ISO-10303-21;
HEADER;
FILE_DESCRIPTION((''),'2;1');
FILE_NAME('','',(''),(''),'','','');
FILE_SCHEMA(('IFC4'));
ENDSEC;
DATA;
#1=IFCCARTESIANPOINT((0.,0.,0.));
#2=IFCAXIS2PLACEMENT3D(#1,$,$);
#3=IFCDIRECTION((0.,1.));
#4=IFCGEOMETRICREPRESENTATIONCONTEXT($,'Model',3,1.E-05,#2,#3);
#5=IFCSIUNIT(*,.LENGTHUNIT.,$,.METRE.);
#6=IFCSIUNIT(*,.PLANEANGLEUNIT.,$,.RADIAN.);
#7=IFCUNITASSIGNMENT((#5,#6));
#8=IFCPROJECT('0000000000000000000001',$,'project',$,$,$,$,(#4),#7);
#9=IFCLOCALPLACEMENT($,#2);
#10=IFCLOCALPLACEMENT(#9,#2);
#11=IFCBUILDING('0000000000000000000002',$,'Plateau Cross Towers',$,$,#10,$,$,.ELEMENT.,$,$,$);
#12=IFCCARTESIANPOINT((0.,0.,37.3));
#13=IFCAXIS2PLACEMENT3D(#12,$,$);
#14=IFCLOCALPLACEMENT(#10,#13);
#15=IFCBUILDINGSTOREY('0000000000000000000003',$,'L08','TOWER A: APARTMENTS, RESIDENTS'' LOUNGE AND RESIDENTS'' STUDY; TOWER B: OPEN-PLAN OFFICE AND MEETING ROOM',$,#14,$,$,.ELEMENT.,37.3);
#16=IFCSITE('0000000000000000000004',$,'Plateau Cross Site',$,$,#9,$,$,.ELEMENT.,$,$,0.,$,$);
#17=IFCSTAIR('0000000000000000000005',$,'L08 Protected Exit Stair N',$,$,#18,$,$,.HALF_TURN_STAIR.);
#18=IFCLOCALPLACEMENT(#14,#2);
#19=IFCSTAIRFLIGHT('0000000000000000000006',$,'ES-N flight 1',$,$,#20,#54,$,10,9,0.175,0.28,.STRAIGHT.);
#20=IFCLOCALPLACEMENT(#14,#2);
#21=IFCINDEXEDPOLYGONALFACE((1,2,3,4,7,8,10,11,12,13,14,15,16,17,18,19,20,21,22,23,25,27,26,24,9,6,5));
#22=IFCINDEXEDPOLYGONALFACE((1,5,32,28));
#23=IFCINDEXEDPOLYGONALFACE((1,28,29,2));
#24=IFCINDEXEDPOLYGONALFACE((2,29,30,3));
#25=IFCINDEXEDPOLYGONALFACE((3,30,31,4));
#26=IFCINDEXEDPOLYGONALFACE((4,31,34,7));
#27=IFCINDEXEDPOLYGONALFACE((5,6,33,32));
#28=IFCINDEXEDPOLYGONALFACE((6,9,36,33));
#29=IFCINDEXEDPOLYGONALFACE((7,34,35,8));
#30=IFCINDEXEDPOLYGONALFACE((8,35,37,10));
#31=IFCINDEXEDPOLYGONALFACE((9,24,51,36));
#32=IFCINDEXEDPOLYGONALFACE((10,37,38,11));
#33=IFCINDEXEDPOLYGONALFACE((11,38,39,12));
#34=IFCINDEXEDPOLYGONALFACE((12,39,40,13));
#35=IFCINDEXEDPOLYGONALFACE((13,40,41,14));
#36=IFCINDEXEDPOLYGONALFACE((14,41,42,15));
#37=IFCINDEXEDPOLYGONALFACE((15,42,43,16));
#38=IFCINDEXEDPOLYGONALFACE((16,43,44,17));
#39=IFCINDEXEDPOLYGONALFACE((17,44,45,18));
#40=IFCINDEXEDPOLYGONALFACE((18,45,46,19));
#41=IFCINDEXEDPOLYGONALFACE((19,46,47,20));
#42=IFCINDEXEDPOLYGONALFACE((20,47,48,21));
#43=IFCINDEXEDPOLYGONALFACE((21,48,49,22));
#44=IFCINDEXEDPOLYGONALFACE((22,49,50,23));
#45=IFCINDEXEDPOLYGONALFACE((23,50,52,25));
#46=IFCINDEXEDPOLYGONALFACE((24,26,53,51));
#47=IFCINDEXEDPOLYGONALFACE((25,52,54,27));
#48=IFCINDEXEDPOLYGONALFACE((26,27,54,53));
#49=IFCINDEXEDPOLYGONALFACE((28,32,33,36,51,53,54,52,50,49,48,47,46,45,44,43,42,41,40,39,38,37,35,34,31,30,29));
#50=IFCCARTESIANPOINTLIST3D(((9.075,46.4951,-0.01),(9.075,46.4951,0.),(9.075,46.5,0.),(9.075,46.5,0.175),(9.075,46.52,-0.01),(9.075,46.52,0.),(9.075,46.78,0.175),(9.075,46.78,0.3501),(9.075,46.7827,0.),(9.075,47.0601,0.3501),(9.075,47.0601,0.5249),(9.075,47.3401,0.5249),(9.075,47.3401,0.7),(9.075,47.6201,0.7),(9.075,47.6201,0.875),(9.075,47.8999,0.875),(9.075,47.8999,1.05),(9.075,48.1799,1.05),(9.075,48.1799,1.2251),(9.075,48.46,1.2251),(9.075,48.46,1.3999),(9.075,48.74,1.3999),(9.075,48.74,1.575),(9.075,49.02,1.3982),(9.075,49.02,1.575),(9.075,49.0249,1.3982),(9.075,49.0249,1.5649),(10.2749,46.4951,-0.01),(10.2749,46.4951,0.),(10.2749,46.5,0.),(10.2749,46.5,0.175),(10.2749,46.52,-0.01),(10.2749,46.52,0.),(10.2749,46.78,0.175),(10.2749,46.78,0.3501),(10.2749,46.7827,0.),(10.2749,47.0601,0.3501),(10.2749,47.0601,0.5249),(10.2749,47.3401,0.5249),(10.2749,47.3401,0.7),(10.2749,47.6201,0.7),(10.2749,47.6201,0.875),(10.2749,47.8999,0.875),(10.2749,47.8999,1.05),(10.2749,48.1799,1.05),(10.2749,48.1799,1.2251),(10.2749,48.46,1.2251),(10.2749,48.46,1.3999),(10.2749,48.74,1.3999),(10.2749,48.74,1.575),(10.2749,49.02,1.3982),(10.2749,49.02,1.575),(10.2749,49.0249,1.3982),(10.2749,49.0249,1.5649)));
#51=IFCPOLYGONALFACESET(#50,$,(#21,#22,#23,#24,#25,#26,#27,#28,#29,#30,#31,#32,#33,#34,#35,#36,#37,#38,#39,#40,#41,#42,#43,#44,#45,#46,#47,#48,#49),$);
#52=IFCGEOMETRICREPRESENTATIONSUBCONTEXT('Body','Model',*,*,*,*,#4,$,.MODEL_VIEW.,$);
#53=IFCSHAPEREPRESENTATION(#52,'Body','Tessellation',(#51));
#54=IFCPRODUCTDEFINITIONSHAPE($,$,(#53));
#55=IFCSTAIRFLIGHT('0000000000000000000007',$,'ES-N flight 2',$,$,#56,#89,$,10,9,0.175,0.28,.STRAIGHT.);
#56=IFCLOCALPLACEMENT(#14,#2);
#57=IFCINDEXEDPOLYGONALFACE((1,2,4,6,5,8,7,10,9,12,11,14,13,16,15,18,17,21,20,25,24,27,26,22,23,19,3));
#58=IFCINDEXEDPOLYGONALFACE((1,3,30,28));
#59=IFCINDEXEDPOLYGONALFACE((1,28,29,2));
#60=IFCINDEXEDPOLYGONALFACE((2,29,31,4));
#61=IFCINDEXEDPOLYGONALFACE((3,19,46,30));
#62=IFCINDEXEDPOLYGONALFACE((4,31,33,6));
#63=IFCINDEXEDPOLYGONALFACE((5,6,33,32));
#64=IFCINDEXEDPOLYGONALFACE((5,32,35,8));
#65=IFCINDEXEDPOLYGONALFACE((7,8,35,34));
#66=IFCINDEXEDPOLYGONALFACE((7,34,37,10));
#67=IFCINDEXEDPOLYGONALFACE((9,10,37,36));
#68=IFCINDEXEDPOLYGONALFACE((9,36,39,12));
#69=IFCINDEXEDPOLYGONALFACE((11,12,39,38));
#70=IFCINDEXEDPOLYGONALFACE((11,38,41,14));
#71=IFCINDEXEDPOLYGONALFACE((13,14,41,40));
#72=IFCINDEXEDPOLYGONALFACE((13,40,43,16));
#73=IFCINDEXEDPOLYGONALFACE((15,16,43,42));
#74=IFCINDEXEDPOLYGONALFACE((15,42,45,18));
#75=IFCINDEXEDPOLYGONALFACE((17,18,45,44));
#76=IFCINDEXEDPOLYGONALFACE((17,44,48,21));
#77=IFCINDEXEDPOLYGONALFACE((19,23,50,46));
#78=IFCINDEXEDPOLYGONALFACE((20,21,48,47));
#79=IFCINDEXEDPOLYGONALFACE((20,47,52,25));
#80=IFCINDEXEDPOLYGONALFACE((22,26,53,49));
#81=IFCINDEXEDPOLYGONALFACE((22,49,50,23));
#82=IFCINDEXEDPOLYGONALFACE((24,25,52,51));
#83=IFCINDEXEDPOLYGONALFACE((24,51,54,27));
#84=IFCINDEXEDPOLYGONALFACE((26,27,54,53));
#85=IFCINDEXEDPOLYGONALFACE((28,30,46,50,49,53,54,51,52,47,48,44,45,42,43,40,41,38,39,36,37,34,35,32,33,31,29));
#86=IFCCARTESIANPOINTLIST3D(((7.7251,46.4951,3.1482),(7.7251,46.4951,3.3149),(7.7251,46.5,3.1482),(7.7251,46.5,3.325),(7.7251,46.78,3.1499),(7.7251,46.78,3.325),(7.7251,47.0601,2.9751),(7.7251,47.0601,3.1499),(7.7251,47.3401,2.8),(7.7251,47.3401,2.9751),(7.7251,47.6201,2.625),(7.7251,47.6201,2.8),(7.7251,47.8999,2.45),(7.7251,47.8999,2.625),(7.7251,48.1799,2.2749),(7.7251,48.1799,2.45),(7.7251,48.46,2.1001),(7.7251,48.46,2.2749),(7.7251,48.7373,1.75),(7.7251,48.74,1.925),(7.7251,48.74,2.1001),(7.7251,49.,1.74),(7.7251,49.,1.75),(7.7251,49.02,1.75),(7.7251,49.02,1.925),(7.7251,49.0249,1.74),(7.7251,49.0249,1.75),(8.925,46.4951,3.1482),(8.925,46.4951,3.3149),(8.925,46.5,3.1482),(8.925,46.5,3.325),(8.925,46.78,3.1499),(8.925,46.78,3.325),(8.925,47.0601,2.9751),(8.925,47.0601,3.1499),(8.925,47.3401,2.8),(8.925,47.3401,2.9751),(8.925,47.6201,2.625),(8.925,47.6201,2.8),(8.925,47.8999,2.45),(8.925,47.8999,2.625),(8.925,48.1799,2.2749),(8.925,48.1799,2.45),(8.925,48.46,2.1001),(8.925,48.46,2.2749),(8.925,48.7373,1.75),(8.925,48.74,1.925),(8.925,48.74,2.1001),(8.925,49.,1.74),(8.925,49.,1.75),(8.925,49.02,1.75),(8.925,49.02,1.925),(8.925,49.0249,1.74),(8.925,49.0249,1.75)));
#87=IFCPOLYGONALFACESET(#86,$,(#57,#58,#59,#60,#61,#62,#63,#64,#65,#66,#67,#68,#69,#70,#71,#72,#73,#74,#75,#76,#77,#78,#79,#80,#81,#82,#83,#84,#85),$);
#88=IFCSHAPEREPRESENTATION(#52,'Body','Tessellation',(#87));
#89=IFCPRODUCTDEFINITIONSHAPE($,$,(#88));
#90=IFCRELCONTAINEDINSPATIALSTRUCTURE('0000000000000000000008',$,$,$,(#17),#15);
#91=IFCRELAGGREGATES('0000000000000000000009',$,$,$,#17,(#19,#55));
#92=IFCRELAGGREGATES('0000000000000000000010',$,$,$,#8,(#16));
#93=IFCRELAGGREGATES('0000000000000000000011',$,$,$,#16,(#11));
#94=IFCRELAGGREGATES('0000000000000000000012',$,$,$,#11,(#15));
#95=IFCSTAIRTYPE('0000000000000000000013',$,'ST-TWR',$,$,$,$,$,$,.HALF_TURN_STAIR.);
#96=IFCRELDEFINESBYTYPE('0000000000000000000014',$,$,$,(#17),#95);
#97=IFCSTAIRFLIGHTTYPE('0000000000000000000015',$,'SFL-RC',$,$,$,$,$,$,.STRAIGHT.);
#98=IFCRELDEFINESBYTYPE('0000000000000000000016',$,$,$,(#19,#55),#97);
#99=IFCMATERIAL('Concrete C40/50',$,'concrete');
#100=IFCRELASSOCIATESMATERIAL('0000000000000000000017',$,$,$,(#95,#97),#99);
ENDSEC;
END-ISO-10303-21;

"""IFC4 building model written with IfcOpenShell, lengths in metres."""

from ifc_helpers import new_model, si_unit, direction, frame, origin, place, context, subcontext, project, spatial, polyline, outline, extrude, material, type_object, element, aggregate, save


model = new_model("IFC4")

# Units and contexts
model_context = context("Model", 3, precision=1e-05, world=origin(), true_north=direction((0.0, 1.0)))
body_context = subcontext(model_context, "Body", "Model", "MODEL_VIEW")
ifc_project = project(units=[si_unit("LENGTHUNIT", "METRE"), si_unit("PLANEANGLEUNIT", "RADIAN")], contexts=[model_context])

# Site, building, storey
site_placement = place(None, origin())
site = spatial("IfcSite", under=ifc_project, at=site_placement, Name="Plateau Cross Site", CompositionType="ELEMENT", RefElevation=0.0)
building_placement = place(site_placement, origin())
building = spatial("IfcBuilding", under=site, at=building_placement, Name="Plateau Cross Towers", CompositionType="ELEMENT")
storey_placement = place(building_placement, frame((0.0, 0.0, 37.3)))
storey = spatial("IfcBuildingStorey", under=building, at=storey_placement, Name="L08", Description="TOWER A: APARTMENTS, RESIDENTS' LOUNGE AND RESIDENTS' STUDY; TOWER B: OPEN-PLAN OFFICE AND MEETING ROOM", CompositionType="ELEMENT", Elevation=37.3)

# Stair, stair flights
ifc_material_1 = material(Name="Concrete C40/50", Category="concrete")
stair_type = type_object("IfcStairType", Name="ST-TWR", PredefinedType="HALF_TURN_STAIR", material=ifc_material_1)
stair_placement = place(storey_placement, origin())
stair = element("IfcStair", 1, at=stair_placement, inside=storey, type_object=stair_type, Name="L08 Protected Exit Stair N", PredefinedType="HALF_TURN_STAIR")
stair_flight_type = type_object("IfcStairFlightType", Name="SFL-RC", PredefinedType="STRAIGHT", material=ifc_material_1)
stair_flight_1_placement = place(storey_placement, frame((9.675, 46.5, 0.0), z_axis=(0.0, 0.0, 1.0), x_axis=(0.0, 1.0, 0.0)))
stair_flight_1 = element("IfcStairFlight", 2, at=stair_flight_1_placement, type_object=stair_flight_type, Name="ES-N flight 1", NumberOfRisers=10, NumberOfTreads=9, PredefinedType="STRAIGHT", RiserHeight=0.175, TreadLength=0.28, context=body_context, shape_type="SweptSolid", body=[
    extrude(outline(polyline([(-0.0049, -0.01), (-0.0049, 0.0), (0.0, 0.0), (0.0, 0.175), (0.28, 0.175), (0.28, 0.3501), (0.5601, 0.3501), (0.5601, 0.5249), (0.8401, 0.5249), (0.8401, 0.7), (1.1201, 0.7), (1.1201, 0.875), (1.3999, 0.875), (1.3999, 1.05), (1.6799, 1.05), (1.6799, 1.2251), (1.96, 1.2251), (1.96, 1.3999), (2.24, 1.3999), (2.24, 1.575), (2.52, 1.575), (2.5249, 1.5649), (2.5249, 1.3982), (2.52, 1.3982), (0.2827, 0.0), (0.02, 0.0), (0.02, -0.01), (-0.0049, -0.01)])), frame((0.0, 0.6001, 0.0), z_axis=(0.0, -1.0, 0.0), x_axis=(1.0, 0.0, 0.0)), (0.0, 0.0, 1.0), 1.2),
])
stair_flight_2_placement = place(storey_placement, frame((8.325, 49.02, 1.75), z_axis=(0.0, 0.0, 1.0), x_axis=(0.0, -1.0, 0.0)))
stair_flight_2 = element("IfcStairFlight", 3, at=stair_flight_2_placement, type_object=stair_flight_type, Name="ES-N flight 2", NumberOfRisers=10, NumberOfTreads=9, PredefinedType="STRAIGHT", RiserHeight=0.175, TreadLength=0.28, context=body_context, shape_type="SweptSolid", body=[
    extrude(outline(polyline([(-0.0049, -0.01), (-0.0049, 0.0), (0.0, 0.0), (0.0, 0.175), (0.28, 0.175), (0.28, 0.3501), (0.5601, 0.3501), (0.5601, 0.5249), (0.8401, 0.5249), (0.8401, 0.7), (1.1201, 0.7), (1.1201, 0.875), (1.3999, 0.875), (1.3999, 1.05), (1.6799, 1.05), (1.6799, 1.2251), (1.96, 1.2251), (1.96, 1.3999), (2.24, 1.3999), (2.24, 1.575), (2.52, 1.575), (2.5249, 1.5649), (2.5249, 1.3982), (2.52, 1.3982), (0.2827, 0.0), (0.02, 0.0), (0.02, -0.01), (-0.0049, -0.01)])), frame((0.0, 0.6001, 0.0), z_axis=(0.0, -1.0, 0.0), x_axis=(1.0, 0.0, 0.0)), (0.0, 0.0, 1.0), 1.2),
])
aggregate(stair, [stair_flight_1, stair_flight_2])

save(model, "model.ifc")
